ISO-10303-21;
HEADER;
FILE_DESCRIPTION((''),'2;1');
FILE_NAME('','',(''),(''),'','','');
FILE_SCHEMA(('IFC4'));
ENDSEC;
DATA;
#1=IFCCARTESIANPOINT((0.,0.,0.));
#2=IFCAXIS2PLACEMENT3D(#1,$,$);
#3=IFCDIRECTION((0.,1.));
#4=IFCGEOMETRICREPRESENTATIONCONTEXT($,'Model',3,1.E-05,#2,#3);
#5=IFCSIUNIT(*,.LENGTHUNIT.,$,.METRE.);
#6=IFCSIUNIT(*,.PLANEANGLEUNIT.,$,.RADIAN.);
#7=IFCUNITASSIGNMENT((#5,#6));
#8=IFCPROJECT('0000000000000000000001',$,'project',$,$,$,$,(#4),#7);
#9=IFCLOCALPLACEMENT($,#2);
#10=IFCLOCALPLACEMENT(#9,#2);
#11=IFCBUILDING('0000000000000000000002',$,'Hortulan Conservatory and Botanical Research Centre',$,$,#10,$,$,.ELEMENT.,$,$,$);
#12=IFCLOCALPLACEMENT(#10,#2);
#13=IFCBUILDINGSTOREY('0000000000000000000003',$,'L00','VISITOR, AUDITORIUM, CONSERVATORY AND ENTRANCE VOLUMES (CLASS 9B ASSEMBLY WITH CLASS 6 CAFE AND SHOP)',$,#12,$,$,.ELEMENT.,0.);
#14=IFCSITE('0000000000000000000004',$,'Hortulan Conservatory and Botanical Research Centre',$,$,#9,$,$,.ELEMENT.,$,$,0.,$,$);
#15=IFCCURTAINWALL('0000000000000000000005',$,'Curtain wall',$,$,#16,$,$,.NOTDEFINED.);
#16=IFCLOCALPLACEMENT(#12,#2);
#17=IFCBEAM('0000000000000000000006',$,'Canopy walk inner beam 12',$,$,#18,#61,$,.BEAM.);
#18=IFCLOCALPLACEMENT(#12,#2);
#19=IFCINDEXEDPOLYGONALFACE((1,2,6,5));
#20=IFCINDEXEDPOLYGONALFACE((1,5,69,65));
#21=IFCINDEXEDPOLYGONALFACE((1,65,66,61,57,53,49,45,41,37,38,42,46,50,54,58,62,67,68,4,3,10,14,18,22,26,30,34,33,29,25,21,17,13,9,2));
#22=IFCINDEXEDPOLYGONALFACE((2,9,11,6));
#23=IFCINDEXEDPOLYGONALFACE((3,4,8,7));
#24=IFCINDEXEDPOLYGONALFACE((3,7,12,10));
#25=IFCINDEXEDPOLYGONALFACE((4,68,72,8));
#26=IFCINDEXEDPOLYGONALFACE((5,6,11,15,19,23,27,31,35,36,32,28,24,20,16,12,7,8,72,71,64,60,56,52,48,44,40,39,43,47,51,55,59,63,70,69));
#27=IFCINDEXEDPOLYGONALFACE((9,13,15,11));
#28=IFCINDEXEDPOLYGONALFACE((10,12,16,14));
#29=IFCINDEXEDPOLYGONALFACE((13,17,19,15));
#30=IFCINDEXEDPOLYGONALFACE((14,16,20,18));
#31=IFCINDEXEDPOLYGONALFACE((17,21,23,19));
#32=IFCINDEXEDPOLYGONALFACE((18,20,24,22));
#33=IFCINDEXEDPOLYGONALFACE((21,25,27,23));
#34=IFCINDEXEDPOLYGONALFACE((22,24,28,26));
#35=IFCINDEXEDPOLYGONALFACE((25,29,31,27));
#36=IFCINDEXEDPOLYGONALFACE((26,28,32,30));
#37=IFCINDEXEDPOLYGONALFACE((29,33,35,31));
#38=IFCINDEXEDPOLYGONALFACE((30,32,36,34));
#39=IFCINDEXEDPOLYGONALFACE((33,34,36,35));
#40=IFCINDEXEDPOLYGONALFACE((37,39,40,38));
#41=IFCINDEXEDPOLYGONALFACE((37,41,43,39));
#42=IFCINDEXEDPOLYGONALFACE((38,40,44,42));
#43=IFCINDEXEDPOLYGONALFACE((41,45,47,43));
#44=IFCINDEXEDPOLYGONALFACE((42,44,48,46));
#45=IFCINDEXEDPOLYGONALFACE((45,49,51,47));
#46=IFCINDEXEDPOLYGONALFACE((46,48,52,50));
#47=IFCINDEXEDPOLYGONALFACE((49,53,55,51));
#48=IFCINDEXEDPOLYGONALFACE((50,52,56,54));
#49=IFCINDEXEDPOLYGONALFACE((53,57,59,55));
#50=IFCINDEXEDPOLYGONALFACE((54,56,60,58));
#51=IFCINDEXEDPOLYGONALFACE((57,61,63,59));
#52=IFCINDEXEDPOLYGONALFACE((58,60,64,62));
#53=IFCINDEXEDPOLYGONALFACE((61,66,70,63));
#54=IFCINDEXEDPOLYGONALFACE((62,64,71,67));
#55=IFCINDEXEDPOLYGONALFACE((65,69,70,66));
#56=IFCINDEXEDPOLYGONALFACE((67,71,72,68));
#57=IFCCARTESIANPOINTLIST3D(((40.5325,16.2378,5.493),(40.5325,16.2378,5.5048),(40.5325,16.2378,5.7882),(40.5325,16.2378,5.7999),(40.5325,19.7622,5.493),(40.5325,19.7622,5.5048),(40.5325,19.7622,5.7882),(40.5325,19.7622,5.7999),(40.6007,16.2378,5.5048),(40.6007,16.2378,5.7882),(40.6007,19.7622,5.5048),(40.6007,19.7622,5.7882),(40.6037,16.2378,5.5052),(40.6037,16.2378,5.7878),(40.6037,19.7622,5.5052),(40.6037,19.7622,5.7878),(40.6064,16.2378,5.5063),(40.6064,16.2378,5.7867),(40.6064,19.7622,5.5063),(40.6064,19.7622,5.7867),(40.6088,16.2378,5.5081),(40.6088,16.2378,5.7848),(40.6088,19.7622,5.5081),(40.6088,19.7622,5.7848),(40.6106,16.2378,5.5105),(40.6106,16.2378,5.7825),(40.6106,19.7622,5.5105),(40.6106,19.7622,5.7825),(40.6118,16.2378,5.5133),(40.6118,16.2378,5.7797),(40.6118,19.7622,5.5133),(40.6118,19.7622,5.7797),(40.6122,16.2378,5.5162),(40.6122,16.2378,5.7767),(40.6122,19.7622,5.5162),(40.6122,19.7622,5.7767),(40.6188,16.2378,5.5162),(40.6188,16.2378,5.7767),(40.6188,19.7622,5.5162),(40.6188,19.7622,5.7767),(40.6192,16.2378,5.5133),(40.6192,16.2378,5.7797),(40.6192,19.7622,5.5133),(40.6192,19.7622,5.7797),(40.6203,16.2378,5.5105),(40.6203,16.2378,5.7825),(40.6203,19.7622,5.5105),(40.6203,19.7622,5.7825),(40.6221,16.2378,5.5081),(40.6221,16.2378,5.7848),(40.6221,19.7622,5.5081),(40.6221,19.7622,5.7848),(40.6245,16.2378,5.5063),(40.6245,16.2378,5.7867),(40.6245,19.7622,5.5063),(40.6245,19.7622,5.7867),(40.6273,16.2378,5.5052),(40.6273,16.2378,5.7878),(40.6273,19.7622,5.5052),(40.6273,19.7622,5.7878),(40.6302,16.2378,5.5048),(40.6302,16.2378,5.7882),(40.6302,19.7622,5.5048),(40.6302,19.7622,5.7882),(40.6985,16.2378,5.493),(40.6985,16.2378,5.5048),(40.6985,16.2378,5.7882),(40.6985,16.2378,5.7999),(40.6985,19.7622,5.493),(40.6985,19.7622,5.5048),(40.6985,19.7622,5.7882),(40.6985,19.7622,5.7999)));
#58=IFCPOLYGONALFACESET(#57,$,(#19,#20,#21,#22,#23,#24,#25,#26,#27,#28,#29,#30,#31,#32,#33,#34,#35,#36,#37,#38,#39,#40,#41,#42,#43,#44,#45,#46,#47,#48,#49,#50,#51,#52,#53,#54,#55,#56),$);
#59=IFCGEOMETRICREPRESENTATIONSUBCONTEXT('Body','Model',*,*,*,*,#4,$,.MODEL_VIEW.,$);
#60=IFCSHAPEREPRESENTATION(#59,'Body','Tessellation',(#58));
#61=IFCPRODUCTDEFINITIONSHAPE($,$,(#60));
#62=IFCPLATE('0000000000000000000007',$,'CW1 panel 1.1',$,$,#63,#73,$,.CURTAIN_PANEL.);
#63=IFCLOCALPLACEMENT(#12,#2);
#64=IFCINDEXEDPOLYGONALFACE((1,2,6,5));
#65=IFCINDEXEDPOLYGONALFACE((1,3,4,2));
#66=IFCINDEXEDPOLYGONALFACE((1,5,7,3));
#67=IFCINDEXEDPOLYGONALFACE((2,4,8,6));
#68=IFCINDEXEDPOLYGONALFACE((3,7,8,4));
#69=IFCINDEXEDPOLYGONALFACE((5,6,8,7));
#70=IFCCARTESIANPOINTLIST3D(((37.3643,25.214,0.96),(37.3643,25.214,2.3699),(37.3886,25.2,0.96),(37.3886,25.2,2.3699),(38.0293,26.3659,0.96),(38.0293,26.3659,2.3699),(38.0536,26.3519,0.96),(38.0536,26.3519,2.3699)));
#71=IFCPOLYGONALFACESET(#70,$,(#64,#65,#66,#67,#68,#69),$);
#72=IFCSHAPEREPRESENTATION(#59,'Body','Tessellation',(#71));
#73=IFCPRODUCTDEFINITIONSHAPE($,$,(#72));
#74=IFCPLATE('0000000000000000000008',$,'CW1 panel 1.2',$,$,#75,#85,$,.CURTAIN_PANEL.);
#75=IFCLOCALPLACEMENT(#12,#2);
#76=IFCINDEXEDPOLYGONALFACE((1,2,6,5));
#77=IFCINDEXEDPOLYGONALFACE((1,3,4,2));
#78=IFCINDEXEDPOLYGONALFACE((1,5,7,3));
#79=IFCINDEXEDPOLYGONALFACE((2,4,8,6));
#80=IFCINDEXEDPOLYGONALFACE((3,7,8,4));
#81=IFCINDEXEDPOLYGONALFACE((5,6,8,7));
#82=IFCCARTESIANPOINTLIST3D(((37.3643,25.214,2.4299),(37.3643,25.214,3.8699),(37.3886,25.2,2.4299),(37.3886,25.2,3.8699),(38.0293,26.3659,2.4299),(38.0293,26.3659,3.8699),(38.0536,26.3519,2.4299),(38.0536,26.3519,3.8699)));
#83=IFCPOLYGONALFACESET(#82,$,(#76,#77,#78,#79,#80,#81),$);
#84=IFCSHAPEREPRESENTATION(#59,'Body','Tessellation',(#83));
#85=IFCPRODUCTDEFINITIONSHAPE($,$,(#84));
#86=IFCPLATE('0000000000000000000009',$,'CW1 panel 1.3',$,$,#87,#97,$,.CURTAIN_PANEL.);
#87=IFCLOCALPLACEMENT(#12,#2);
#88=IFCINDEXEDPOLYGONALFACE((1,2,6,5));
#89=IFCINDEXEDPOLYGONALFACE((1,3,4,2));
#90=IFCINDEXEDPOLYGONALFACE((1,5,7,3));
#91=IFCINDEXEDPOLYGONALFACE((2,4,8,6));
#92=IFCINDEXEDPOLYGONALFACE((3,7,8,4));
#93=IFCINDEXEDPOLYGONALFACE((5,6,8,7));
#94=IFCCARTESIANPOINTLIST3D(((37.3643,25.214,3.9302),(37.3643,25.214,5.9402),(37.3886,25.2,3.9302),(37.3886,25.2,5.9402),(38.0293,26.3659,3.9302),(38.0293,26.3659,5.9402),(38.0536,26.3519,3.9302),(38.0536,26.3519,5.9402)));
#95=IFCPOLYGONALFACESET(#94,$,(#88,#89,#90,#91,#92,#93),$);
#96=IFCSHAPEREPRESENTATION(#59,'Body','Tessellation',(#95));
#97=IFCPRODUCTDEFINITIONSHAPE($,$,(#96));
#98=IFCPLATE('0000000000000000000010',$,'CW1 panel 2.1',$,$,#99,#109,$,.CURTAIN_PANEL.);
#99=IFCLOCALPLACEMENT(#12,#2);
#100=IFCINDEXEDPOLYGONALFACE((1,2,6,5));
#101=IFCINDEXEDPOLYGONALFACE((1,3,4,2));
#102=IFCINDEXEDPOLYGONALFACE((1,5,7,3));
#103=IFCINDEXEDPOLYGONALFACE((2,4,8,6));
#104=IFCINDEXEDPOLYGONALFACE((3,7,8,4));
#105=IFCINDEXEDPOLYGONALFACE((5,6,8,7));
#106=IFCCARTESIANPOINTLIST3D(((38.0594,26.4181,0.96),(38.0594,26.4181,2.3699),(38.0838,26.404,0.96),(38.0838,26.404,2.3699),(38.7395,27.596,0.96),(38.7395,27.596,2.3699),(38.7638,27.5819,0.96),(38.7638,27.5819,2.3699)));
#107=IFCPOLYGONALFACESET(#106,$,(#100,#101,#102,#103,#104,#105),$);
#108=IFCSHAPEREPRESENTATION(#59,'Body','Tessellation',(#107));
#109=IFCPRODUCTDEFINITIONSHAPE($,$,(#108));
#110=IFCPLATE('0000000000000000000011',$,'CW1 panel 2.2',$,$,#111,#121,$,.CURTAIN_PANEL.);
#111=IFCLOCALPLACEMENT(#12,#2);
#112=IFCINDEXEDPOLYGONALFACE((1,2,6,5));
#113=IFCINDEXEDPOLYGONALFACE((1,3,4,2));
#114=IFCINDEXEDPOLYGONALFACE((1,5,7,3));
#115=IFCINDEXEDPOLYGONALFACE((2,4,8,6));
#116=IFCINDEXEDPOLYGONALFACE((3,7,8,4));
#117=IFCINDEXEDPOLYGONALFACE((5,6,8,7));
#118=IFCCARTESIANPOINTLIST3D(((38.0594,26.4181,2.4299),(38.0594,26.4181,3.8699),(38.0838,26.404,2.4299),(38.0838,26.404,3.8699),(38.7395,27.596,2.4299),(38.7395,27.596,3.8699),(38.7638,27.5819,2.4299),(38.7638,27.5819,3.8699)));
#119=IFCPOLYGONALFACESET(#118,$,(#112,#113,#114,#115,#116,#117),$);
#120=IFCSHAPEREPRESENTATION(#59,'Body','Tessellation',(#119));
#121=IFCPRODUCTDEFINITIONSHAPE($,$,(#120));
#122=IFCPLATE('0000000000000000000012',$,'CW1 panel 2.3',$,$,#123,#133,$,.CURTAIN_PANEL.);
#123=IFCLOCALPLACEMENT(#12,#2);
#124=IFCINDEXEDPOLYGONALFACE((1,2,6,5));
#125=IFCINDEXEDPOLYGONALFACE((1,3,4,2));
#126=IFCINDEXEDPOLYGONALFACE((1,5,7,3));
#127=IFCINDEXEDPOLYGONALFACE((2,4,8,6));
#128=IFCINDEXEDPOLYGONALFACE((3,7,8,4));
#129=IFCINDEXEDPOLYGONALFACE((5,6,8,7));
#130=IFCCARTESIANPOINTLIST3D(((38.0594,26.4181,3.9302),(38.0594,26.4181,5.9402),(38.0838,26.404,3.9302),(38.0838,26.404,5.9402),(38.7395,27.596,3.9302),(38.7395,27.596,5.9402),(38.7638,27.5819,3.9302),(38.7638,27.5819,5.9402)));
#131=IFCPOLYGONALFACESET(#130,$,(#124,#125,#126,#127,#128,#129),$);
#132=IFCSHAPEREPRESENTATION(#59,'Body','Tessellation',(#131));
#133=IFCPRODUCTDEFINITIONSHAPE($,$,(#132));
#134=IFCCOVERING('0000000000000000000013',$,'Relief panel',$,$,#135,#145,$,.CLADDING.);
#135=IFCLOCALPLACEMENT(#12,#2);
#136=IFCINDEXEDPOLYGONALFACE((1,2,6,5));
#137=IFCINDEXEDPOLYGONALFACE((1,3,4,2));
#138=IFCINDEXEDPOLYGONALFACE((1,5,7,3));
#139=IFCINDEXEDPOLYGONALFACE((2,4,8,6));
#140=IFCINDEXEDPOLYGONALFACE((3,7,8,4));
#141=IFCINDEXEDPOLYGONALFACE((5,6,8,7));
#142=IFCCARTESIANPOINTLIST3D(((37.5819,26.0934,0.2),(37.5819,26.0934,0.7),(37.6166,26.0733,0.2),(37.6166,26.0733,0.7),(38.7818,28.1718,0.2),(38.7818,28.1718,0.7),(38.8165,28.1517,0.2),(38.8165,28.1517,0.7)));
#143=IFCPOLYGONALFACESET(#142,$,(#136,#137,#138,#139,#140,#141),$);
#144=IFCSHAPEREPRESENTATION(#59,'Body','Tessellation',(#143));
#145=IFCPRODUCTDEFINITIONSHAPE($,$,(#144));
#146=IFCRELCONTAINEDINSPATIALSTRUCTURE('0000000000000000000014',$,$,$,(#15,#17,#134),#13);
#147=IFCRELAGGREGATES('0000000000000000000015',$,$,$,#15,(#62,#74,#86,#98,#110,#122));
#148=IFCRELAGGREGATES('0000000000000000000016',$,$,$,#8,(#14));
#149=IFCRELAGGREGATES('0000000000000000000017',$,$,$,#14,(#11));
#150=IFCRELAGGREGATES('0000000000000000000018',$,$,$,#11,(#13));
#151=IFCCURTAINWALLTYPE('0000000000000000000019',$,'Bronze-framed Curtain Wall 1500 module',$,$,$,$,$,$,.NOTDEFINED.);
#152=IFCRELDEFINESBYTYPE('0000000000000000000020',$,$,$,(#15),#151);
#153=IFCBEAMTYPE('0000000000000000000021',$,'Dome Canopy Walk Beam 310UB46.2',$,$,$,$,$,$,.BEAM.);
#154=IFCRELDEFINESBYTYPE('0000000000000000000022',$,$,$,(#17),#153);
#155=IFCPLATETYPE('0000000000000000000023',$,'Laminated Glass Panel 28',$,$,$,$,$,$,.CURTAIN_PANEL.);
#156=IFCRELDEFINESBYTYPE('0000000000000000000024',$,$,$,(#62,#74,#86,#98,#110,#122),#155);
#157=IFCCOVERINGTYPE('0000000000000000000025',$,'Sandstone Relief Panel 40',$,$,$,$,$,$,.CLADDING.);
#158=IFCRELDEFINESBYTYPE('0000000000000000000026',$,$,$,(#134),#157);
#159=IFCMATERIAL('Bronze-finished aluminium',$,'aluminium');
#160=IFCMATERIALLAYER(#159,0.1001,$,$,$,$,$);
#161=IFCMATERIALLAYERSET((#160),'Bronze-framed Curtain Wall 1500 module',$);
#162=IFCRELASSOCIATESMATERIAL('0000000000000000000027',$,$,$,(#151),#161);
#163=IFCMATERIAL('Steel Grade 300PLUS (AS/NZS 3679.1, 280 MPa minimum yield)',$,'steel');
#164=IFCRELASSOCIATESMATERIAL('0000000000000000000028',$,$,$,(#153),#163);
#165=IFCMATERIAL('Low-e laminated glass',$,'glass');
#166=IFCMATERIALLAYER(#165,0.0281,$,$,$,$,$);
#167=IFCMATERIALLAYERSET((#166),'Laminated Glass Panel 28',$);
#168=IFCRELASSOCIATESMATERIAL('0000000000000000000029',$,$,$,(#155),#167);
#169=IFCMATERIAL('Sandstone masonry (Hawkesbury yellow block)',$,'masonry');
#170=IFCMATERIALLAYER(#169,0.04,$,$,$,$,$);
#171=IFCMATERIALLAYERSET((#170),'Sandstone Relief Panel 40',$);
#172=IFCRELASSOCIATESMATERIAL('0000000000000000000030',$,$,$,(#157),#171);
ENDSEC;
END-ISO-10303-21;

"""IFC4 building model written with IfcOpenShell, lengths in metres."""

from ifc_helpers import new_model, si_unit, direction, frame, origin, origin_2d, place, context, subcontext, project, spatial, rectangle, i_section, extrude, material, layer, layer_set, material_profile, profile_set, type_object, element, aggregate, save


model = new_model("IFC4")

# Units and contexts
model_context = context("Model", 3, precision=1e-05, world=origin(), true_north=direction((0.0, 1.0)))
body_context = subcontext(model_context, "Body", "Model", "MODEL_VIEW")
ifc_project = project(units=[si_unit("LENGTHUNIT", "METRE"), si_unit("PLANEANGLEUNIT", "RADIAN")], contexts=[model_context])

# Site, building, storey
site_placement = place(None, origin())
site = spatial("IfcSite", under=ifc_project, at=site_placement, Name="Hortulan Conservatory and Botanical Research Centre", CompositionType="ELEMENT", RefElevation=0.0)
building_placement = place(site_placement, origin())
building = spatial("IfcBuilding", under=site, at=building_placement, Name="Hortulan Conservatory and Botanical Research Centre", CompositionType="ELEMENT")
storey_placement = place(building_placement, origin())
storey = spatial("IfcBuildingStorey", under=building, at=storey_placement, Name="L00", Description="VISITOR, AUDITORIUM, CONSERVATORY AND ENTRANCE VOLUMES (CLASS 9B ASSEMBLY WITH CLASS 6 CAFE AND SHOP)", CompositionType="ELEMENT", Elevation=0.0)

# Curtain wall
ifc_material_1 = material(Name="Bronze-finished aluminium", Category="aluminium")
ifc_layer_1 = layer(ifc_material_1, 0.1001)
ifc_layer_set_1 = layer_set([ifc_layer_1], Name="Bronze-framed Curtain Wall 1500 module")
curtain_wall_type = type_object("IfcCurtainWallType", Name="Bronze-framed Curtain Wall 1500 module", PredefinedType="NOTDEFINED", material=ifc_layer_set_1)
curtain_wall_placement = place(storey_placement, origin())
curtain_wall = element("IfcCurtainWall", 1, at=curtain_wall_placement, inside=storey, type_object=curtain_wall_type, Name="Curtain wall", PredefinedType="NOTDEFINED")

# Beam
ifc_material_2 = material(Name="Steel Grade 300PLUS (AS/NZS 3679.1, 280 MPa minimum yield)", Category="steel")
ifc_material_profile_1 = material_profile(ifc_material_2, i_section(OverallWidth=0.166, OverallDepth=0.3069, WebThickness=0.0066, FlangeThickness=0.0117, FilletRadius=0.0115, at=origin_2d()), Name="310UB46.2")
ifc_profile_set_1 = profile_set([ifc_material_profile_1], Name="Steel Grade 300PLUS (AS/NZS 3679.1, 280 MPa minimum yield)")
beam_type = type_object("IfcBeamType", Name="Dome Canopy Walk Beam 310UB46.2", PredefinedType="BEAM", material=ifc_profile_set_1)
beam_1_placement = place(storey_placement, frame((40.6155, 19.7622, 5.6465), z_axis=(0.0, -1.0, 0.0), x_axis=(1.0, 0.0, 0.0)))
element("IfcBeam", 2, at=beam_1_placement, inside=storey, type_object=beam_type, Name="Canopy walk inner beam 12", PredefinedType="BEAM", context=body_context, shape_type="SweptSolid", body=[
    extrude(i_section(OverallWidth=0.166, OverallDepth=0.3069, WebThickness=0.0066, FlangeThickness=0.0117, FilletRadius=0.0115, at=origin_2d()), origin(), (0.0, 0.0, 1.0), 3.5244),
])

# Plates
ifc_material_3 = material(Name="Low-e laminated glass", Category="glass")
ifc_layer_2 = layer(ifc_material_3, 0.0281)
ifc_layer_set_2 = layer_set([ifc_layer_2], Name="Laminated Glass Panel 28")
plate_type = type_object("IfcPlateType", Name="Laminated Glass Panel 28", PredefinedType="CURTAIN_PANEL", material=ifc_layer_set_2)
plate_1_placement = place(storey_placement, frame((37.709, 25.783, 0.96), z_axis=(0.0, 0.0, 1.0), x_axis=(0.499981, 0.866036, 0.0)))
plate_1 = element("IfcPlate", 3, at=plate_1_placement, type_object=plate_type, Name="CW1 panel 1.1", PredefinedType="CURTAIN_PANEL", context=body_context, shape_type="SweptSolid", body=[
    extrude(rectangle(XDim=1.3301, YDim=0.0281, at=origin_2d()), origin(), (0.0, 0.0, 1.0), 1.4099),
])
plate_2_placement = place(storey_placement, frame((37.709, 25.783, 2.4299), z_axis=(0.0, 0.0, 1.0), x_axis=(0.499981, 0.866036, 0.0)))
plate_2 = element("IfcPlate", 4, at=plate_2_placement, type_object=plate_type, Name="CW1 panel 1.2", PredefinedType="CURTAIN_PANEL", context=body_context, shape_type="SweptSolid", body=[
    extrude(rectangle(XDim=1.3301, YDim=0.0281, at=origin_2d()), origin(), (0.0, 0.0, 1.0), 1.4399),
])
plate_3_placement = place(storey_placement, frame((37.709, 25.783, 3.9302), z_axis=(0.0, 0.0, 1.0), x_axis=(0.499981, 0.866036, 0.0)))
plate_3 = element("IfcPlate", 5, at=plate_3_placement, type_object=plate_type, Name="CW1 panel 1.3", PredefinedType="CURTAIN_PANEL", context=body_context, shape_type="SweptSolid", body=[
    extrude(rectangle(XDim=1.3301, YDim=0.0281, at=origin_2d()), origin(), (0.0, 0.0, 1.0), 2.01),
])
plate_4_placement = place(storey_placement, frame((38.4116, 27.0, 0.96), z_axis=(0.0, 0.0, 1.0), x_axis=(0.499981, 0.866036, 0.0)))
plate_4 = element("IfcPlate", 6, at=plate_4_placement, type_object=plate_type, Name="CW1 panel 2.1", PredefinedType="CURTAIN_PANEL", context=body_context, shape_type="SweptSolid", body=[
    extrude(rectangle(XDim=1.3601, YDim=0.0281, at=origin_2d()), origin(), (0.0, 0.0, 1.0), 1.4099),
])
plate_5_placement = place(storey_placement, frame((38.4116, 27.0, 2.4299), z_axis=(0.0, 0.0, 1.0), x_axis=(0.499981, 0.866036, 0.0)))
plate_5 = element("IfcPlate", 7, at=plate_5_placement, type_object=plate_type, Name="CW1 panel 2.2", PredefinedType="CURTAIN_PANEL", context=body_context, shape_type="SweptSolid", body=[
    extrude(rectangle(XDim=1.3601, YDim=0.0281, at=origin_2d()), origin(), (0.0, 0.0, 1.0), 1.4399),
])
plate_6_placement = place(storey_placement, frame((38.4116, 27.0, 3.9302), z_axis=(0.0, 0.0, 1.0), x_axis=(0.499981, 0.866036, 0.0)))
plate_6 = element("IfcPlate", 8, at=plate_6_placement, type_object=plate_type, Name="CW1 panel 2.3", PredefinedType="CURTAIN_PANEL", context=body_context, shape_type="SweptSolid", body=[
    extrude(rectangle(XDim=1.3601, YDim=0.0281, at=origin_2d()), origin(), (0.0, 0.0, 1.0), 2.01),
])
aggregate(curtain_wall, [plate_1, plate_2, plate_3, plate_4, plate_5, plate_6])

# Covering
ifc_material_4 = material(Name="Sandstone masonry (Hawkesbury yellow block)", Category="masonry")
ifc_layer_3 = layer(ifc_material_4, 0.04)
ifc_layer_set_3 = layer_set([ifc_layer_3], Name="Sandstone Relief Panel 40")
covering_type = type_object("IfcCoveringType", Name="Sandstone Relief Panel 40", PredefinedType="CLADDING", material=ifc_layer_set_3)
covering_placement = place(storey_placement, frame((38.1992, 27.1226, 0.2), z_axis=(0.0, 0.0, 1.0), x_axis=(0.499982, 0.866036, 0.0)))
element("IfcCovering", 9, at=covering_placement, inside=storey, type_object=covering_type, Name="Relief panel", PredefinedType="CLADDING", context=body_context, shape_type="SweptSolid", body=[
    extrude(rectangle(XDim=2.3999, YDim=0.04, at=origin_2d()), origin(), (0.0, 0.0, 1.0), 0.5),
])

save(model, "model.ifc")
